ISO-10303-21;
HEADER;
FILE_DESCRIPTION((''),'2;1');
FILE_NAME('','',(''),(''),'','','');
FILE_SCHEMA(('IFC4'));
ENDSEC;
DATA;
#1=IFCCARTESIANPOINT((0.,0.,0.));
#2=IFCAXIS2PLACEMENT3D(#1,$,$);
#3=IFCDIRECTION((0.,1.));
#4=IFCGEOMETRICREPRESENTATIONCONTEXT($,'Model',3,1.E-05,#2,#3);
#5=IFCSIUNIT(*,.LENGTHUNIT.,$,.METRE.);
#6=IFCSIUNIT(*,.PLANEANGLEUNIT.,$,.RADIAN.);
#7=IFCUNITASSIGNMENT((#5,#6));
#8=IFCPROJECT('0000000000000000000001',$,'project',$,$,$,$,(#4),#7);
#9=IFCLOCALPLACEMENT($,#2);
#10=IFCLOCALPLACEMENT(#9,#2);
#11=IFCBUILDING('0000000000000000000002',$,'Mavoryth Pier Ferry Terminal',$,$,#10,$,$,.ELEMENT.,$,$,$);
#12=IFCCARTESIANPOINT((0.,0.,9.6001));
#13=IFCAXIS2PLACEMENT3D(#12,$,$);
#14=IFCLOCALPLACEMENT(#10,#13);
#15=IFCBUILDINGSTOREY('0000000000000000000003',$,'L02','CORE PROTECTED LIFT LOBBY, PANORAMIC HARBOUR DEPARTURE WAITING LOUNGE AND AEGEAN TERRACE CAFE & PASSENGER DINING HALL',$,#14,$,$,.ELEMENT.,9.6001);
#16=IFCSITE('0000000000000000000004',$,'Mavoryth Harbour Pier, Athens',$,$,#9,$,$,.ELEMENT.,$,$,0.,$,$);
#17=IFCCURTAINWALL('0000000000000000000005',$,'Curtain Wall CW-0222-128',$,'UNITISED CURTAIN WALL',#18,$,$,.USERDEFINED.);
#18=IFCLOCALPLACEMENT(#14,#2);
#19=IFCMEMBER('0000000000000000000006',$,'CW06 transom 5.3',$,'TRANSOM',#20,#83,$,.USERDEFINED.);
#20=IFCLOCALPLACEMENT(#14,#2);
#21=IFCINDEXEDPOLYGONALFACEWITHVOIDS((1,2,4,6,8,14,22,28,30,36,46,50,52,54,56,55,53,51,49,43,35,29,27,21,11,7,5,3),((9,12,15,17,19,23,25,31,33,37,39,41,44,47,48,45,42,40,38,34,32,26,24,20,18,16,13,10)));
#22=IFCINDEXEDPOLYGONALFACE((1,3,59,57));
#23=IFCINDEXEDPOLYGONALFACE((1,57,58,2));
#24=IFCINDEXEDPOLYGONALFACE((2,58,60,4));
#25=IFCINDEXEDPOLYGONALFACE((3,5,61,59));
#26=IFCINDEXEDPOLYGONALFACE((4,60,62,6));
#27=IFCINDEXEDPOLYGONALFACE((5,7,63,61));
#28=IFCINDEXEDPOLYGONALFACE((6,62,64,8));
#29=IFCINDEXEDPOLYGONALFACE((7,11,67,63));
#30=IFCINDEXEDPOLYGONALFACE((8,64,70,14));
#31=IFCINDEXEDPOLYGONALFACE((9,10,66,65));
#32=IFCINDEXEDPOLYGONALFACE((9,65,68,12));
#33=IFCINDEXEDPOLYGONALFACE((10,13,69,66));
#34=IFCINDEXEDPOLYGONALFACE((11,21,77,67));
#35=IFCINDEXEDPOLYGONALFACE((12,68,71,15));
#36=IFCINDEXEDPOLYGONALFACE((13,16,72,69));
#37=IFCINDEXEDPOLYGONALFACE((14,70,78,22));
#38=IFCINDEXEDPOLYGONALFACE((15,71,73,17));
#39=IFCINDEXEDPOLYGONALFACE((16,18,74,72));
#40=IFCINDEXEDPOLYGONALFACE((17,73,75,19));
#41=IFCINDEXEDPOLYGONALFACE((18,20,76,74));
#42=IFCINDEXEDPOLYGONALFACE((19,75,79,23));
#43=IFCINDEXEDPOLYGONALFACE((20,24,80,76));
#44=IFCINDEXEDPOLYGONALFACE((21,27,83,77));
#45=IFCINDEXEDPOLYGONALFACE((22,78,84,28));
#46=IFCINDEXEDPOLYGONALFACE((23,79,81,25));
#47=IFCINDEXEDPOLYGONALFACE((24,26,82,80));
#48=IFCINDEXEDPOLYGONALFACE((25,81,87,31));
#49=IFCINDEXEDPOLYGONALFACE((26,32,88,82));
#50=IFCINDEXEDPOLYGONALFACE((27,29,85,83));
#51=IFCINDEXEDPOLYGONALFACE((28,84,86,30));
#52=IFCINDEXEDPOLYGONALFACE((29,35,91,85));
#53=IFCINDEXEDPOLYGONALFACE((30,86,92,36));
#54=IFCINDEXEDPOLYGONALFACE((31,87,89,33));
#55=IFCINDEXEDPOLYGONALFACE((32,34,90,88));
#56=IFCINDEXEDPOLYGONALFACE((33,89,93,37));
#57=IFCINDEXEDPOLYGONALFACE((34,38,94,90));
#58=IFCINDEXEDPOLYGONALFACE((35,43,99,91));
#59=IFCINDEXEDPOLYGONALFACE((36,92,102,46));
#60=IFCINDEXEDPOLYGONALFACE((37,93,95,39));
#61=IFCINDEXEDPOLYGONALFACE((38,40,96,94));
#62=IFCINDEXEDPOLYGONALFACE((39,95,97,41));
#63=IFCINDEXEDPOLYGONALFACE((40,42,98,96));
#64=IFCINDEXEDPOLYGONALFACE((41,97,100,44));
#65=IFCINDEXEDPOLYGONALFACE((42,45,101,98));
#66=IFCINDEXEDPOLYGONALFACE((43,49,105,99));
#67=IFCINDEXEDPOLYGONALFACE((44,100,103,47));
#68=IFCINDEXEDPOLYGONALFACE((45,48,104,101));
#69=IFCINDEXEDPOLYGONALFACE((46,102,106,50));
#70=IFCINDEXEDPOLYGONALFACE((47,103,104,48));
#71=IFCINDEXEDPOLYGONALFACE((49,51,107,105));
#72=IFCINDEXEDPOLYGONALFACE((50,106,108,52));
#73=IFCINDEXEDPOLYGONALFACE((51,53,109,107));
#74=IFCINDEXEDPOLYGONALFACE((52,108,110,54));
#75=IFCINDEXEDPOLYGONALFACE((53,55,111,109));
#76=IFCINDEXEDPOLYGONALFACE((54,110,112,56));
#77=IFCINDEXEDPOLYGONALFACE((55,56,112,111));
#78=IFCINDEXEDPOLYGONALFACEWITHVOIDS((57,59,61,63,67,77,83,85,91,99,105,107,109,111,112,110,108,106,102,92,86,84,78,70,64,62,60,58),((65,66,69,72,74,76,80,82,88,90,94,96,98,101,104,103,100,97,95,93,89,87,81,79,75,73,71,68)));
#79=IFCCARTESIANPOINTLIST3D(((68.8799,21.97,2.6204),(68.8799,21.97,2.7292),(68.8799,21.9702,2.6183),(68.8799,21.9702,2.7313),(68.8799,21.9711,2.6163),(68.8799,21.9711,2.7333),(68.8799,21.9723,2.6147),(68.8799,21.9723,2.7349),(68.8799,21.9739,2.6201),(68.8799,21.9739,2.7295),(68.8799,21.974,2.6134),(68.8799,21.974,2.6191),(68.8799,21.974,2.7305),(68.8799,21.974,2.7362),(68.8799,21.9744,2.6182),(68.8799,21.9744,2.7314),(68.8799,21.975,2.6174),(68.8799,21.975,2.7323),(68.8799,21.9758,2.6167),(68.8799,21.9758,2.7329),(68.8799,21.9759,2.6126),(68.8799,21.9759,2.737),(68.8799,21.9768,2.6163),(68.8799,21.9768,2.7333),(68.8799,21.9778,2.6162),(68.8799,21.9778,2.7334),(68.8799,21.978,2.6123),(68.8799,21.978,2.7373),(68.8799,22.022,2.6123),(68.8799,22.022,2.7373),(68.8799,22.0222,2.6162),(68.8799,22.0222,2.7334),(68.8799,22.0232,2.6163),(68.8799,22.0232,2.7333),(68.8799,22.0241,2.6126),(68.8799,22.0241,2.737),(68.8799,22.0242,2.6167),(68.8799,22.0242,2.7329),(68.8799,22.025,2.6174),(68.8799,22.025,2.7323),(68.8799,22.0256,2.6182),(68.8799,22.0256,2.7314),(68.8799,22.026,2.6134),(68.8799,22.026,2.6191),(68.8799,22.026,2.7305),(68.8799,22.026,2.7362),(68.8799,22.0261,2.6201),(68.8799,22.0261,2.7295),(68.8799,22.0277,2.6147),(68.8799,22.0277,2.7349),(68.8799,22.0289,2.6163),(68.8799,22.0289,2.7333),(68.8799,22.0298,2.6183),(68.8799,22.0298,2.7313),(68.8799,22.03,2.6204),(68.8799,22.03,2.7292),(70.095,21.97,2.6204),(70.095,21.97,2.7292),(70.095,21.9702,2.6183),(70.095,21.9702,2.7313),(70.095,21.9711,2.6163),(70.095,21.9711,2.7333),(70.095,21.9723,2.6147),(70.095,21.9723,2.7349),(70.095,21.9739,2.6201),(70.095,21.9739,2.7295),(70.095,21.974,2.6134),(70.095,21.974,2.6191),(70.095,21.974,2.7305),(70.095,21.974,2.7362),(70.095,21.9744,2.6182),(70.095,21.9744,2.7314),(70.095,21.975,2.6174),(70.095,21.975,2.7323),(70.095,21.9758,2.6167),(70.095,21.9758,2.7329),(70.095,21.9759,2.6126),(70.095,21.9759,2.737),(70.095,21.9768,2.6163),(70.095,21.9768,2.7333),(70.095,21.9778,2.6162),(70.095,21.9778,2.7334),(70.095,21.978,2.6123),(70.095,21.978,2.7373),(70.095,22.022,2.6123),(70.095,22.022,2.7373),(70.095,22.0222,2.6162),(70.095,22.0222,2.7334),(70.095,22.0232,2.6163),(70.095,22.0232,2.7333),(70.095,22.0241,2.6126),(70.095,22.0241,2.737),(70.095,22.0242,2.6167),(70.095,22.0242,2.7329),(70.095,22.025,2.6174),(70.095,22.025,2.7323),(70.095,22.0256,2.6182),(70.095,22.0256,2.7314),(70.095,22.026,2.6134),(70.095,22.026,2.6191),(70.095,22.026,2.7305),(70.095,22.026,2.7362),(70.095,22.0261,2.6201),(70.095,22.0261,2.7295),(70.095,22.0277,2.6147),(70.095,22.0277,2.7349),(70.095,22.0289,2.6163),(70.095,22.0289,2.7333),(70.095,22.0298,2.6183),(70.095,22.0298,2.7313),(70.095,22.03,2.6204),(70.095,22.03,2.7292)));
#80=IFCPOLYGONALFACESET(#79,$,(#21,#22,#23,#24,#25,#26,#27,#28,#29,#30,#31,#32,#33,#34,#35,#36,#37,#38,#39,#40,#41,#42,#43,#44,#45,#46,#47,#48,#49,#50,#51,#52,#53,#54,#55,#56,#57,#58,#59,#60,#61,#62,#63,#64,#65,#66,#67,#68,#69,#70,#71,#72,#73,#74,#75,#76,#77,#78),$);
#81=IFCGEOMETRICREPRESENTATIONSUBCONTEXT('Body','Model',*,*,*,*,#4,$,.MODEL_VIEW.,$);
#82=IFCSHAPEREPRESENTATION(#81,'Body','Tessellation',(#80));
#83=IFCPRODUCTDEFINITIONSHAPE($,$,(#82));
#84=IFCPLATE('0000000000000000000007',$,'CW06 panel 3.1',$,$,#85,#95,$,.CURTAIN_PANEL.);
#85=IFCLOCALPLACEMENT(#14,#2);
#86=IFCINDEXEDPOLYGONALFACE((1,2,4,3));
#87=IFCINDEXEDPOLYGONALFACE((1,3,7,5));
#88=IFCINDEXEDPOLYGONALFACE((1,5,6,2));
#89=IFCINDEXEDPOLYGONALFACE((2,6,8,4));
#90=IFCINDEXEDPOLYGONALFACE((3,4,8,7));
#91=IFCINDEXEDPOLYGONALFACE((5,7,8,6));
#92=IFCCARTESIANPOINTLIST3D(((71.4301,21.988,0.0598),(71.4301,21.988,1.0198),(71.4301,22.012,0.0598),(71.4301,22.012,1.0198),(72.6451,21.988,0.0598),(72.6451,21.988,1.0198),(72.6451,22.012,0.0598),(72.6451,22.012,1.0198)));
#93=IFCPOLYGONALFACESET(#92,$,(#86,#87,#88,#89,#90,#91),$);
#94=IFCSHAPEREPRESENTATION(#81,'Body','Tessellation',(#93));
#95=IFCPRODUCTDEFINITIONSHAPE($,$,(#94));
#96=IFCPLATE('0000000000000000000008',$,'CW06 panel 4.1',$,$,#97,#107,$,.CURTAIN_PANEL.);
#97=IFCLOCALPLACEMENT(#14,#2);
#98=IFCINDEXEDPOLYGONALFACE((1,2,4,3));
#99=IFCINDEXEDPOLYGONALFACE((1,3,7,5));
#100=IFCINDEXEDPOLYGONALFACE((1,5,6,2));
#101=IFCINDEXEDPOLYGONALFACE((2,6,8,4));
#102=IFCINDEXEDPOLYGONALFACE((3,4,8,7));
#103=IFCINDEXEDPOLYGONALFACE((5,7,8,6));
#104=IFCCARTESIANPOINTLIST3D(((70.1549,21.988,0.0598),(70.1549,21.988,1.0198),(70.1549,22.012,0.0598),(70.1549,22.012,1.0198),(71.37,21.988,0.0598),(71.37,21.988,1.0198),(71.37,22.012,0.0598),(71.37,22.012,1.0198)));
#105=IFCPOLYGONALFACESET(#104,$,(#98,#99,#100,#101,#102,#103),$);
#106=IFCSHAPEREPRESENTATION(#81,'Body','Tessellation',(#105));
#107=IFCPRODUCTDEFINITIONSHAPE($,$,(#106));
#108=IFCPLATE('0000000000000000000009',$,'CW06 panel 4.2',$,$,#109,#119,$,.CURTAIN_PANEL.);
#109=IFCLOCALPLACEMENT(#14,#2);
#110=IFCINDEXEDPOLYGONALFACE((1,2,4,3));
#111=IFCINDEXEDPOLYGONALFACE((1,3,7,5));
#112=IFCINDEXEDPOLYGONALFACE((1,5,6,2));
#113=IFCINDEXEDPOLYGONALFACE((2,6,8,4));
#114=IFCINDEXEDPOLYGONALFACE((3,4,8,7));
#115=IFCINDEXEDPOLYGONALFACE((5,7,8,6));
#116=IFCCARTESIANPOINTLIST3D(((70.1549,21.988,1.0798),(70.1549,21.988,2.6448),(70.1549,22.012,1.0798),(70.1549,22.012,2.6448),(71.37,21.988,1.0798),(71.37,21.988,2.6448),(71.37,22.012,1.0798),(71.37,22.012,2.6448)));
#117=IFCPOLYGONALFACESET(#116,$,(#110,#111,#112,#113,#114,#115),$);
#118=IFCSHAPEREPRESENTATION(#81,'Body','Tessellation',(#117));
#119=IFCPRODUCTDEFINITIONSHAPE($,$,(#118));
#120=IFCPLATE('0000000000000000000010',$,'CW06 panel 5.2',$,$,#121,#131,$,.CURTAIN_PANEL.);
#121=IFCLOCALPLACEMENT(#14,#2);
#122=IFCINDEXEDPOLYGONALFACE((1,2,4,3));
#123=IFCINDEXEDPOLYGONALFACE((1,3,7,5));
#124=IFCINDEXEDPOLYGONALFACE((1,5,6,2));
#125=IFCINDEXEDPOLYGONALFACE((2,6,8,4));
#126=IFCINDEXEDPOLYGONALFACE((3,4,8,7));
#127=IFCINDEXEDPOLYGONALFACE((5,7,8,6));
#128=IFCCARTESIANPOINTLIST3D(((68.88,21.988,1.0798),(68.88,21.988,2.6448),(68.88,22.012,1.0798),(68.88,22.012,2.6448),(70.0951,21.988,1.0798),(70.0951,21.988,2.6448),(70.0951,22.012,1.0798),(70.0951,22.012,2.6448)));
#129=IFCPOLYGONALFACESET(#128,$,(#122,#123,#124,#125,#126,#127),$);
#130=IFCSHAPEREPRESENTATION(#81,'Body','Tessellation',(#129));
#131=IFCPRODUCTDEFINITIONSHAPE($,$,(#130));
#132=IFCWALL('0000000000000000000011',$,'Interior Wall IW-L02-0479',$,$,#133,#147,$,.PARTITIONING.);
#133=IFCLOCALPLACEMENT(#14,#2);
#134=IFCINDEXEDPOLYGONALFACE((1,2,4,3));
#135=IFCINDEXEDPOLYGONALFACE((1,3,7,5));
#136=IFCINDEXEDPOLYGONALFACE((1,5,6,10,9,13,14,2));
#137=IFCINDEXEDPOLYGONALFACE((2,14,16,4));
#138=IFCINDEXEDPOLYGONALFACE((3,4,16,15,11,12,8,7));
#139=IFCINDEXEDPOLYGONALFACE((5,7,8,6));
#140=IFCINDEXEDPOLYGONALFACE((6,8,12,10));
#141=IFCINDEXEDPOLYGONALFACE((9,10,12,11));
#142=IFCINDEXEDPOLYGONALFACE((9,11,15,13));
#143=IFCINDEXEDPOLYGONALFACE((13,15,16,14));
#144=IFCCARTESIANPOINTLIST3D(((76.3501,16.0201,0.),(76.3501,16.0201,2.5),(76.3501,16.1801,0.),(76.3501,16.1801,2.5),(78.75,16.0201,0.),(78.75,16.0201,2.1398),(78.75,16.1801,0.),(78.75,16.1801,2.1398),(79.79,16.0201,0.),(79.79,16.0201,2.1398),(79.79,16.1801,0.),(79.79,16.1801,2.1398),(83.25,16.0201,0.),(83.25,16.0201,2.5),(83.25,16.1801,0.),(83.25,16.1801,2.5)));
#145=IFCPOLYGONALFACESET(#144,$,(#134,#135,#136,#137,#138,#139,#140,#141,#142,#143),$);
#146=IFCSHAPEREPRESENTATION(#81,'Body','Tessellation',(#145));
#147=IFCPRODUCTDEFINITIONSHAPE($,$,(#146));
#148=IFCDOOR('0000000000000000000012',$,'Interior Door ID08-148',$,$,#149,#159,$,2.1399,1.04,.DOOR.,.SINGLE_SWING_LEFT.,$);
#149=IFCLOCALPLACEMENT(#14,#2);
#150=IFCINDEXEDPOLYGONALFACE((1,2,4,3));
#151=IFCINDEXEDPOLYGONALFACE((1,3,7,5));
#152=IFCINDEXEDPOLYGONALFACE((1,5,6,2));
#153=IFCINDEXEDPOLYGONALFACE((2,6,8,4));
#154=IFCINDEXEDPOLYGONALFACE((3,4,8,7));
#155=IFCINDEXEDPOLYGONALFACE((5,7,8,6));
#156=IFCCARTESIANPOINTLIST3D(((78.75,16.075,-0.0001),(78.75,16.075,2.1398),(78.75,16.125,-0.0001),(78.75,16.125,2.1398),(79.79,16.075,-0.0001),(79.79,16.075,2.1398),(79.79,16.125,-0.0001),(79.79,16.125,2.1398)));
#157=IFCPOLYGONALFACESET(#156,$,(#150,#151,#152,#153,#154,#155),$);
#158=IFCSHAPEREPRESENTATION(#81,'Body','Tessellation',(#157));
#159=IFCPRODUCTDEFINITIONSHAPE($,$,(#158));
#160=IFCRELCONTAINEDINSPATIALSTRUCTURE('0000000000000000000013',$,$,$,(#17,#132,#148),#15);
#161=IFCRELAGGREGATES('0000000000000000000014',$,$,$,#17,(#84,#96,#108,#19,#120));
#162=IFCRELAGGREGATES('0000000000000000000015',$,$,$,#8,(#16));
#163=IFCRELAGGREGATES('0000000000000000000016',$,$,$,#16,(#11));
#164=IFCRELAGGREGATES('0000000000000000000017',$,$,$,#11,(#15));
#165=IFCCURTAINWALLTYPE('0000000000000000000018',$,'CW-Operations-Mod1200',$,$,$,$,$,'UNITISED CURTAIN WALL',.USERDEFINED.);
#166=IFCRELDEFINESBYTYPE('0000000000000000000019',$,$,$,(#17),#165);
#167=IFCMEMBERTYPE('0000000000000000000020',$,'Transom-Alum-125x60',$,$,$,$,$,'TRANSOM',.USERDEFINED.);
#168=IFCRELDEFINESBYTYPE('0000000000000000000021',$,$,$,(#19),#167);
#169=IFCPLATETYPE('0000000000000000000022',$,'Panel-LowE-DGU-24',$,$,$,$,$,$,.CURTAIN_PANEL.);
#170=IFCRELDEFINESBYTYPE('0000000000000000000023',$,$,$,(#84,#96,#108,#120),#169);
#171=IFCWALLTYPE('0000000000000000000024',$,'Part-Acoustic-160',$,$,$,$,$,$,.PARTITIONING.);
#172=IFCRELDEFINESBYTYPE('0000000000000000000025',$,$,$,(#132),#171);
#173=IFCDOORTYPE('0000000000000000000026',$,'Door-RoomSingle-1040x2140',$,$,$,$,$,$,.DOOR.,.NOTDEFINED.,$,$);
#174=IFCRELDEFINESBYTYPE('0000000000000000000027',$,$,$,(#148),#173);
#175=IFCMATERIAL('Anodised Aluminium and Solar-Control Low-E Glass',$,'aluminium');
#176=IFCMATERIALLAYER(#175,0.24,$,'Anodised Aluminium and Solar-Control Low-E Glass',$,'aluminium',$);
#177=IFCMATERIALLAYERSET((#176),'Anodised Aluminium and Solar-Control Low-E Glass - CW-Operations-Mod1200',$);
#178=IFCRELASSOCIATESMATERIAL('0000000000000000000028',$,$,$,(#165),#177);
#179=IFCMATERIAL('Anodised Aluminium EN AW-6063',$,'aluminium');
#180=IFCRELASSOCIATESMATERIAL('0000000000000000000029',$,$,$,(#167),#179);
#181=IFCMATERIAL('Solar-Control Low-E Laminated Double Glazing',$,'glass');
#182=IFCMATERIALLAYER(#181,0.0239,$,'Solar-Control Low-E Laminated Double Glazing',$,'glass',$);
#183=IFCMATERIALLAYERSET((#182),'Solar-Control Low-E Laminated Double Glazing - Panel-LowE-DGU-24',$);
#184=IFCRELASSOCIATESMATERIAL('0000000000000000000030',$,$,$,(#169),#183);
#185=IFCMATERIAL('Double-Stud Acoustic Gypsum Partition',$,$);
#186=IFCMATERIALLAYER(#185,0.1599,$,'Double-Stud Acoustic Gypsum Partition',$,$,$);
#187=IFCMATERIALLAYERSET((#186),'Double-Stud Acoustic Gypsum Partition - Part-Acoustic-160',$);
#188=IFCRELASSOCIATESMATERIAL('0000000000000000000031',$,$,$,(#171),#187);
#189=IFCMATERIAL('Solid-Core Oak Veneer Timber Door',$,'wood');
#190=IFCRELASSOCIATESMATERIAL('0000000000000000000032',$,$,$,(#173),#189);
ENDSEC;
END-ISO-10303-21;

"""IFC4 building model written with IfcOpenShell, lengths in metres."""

from ifc_helpers import new_model, si_unit, direction, frame, frame_2d, origin, origin_2d, place, context, subcontext, project, spatial, rectangle, hollow_rectangle, extrude, material, layer, layer_set, material_profile, profile_set, type_object, element, fill, aggregate, save


model = new_model("IFC4")

# Units and contexts
model_context = context("Model", 3, precision=1e-05, world=origin(), true_north=direction((0.0, 1.0)))
body_context = subcontext(model_context, "Body", "Model", "MODEL_VIEW")
ifc_project = project(units=[si_unit("LENGTHUNIT", "METRE"), si_unit("PLANEANGLEUNIT", "RADIAN")], contexts=[model_context])

# Site, building, storey
site_placement = place(None, origin())
site = spatial("IfcSite", under=ifc_project, at=site_placement, Name="Mavoryth Harbour Pier, Athens", CompositionType="ELEMENT", RefElevation=0.0)
building_placement = place(site_placement, origin())
building = spatial("IfcBuilding", under=site, at=building_placement, Name="Mavoryth Pier Ferry Terminal", CompositionType="ELEMENT")
storey_placement = place(building_placement, frame((0.0, 0.0, 9.6001)))
storey = spatial("IfcBuildingStorey", under=building, at=storey_placement, Name="L02", Description="CORE PROTECTED LIFT LOBBY, PANORAMIC HARBOUR DEPARTURE WAITING LOUNGE AND AEGEAN TERRACE CAFE & PASSENGER DINING HALL", CompositionType="ELEMENT", Elevation=9.6001)

# Curtain wall, member, plates
ifc_material_1 = material(Name="Anodised Aluminium and Solar-Control Low-E Glass", Category="aluminium")
ifc_layer_1 = layer(ifc_material_1, 0.24, Name="Anodised Aluminium and Solar-Control Low-E Glass", Category="aluminium")
ifc_layer_set_1 = layer_set([ifc_layer_1], Name="Anodised Aluminium and Solar-Control Low-E Glass - CW-Operations-Mod1200")
curtain_wall_type = type_object("IfcCurtainWallType", Name="CW-Operations-Mod1200", ElementType="UNITISED CURTAIN WALL", PredefinedType="USERDEFINED", material=ifc_layer_set_1)
curtain_wall_placement = place(storey_placement, origin())
curtain_wall = element("IfcCurtainWall", 1, at=curtain_wall_placement, inside=storey, type_object=curtain_wall_type, Name="Curtain Wall CW-0222-128", ObjectType="UNITISED CURTAIN WALL", PredefinedType="USERDEFINED")
ifc_material_2 = material(Name="Anodised Aluminium EN AW-6063", Category="aluminium")
ifc_material_profile_1 = material_profile(ifc_material_2, hollow_rectangle(XDim=0.0601, YDim=0.125, WallThickness=0.0039, InnerFilletRadius=0.0039, OuterFilletRadius=0.0081, at=origin_2d()), Name="AL-TRAN 125x60x4", Category="aluminium")
ifc_profile_set_1 = profile_set([ifc_material_profile_1], Name="Anodised Aluminium EN AW-6063 - AL-TRAN 125x60x4")
member_type_1 = type_object("IfcMemberType", Name="Transom-Alum-125x60", ElementType="TRANSOM", PredefinedType="USERDEFINED", material=ifc_profile_set_1)
member_1_placement = place(storey_placement, frame((70.095, 22.0, 2.6748), z_axis=(-1.0, 0.0, 0.0), x_axis=(0.0, -1.0, 0.0)))
member_1 = element("IfcMember", 2, at=member_1_placement, type_object=member_type_1, Name="CW06 transom 5.3", ObjectType="TRANSOM", PredefinedType="USERDEFINED", context=body_context, shape_type="SweptSolid", body=[
    extrude(hollow_rectangle(XDim=0.0601, YDim=0.125, WallThickness=0.0039, InnerFilletRadius=0.0039, OuterFilletRadius=0.0081, at=origin_2d()), origin(), (0.0, 0.0, 1.0), 1.2151),
])
ifc_material_3 = material(Name="Solar-Control Low-E Laminated Double Glazing", Category="glass")
ifc_layer_2 = layer(ifc_material_3, 0.0239, Name="Solar-Control Low-E Laminated Double Glazing", Category="glass")
ifc_layer_set_2 = layer_set([ifc_layer_2], Name="Solar-Control Low-E Laminated Double Glazing - Panel-LowE-DGU-24")
plate_type = type_object("IfcPlateType", Name="Panel-LowE-DGU-24", PredefinedType="CURTAIN_PANEL", material=ifc_layer_set_2)
plate_1_placement = place(storey_placement, frame((72.0376, 22.0, 0.0598), z_axis=(0.0, 0.0, 1.0), x_axis=(-1.0, 0.0, 0.0)))
plate_1 = element("IfcPlate", 3, at=plate_1_placement, type_object=plate_type, Name="CW06 panel 3.1", PredefinedType="CURTAIN_PANEL", context=body_context, shape_type="SweptSolid", body=[
    extrude(rectangle(XDim=1.2151, YDim=0.0239, at=origin_2d()), origin(), (0.0, 0.0, 1.0), 0.96),
])
plate_2_placement = place(storey_placement, frame((70.7625, 22.0, 0.0598), z_axis=(0.0, 0.0, 1.0), x_axis=(-1.0, 0.0, 0.0)))
plate_2 = element("IfcPlate", 4, at=plate_2_placement, type_object=plate_type, Name="CW06 panel 4.1", PredefinedType="CURTAIN_PANEL", context=body_context, shape_type="SweptSolid", body=[
    extrude(rectangle(XDim=1.2151, YDim=0.0239, at=origin_2d()), origin(), (0.0, 0.0, 1.0), 0.96),
])
plate_3_placement = place(storey_placement, frame((70.7625, 22.0, 1.0798), z_axis=(0.0, 0.0, 1.0), x_axis=(-1.0, 0.0, 0.0)))
plate_3 = element("IfcPlate", 5, at=plate_3_placement, type_object=plate_type, Name="CW06 panel 4.2", PredefinedType="CURTAIN_PANEL", context=body_context, shape_type="SweptSolid", body=[
    extrude(rectangle(XDim=1.2151, YDim=0.0239, at=origin_2d()), origin(), (0.0, 0.0, 1.0), 1.5649),
])
plate_4_placement = place(storey_placement, frame((69.4875, 22.0, 1.0798), z_axis=(0.0, 0.0, 1.0), x_axis=(-1.0, 0.0, 0.0)))
plate_4 = element("IfcPlate", 6, at=plate_4_placement, type_object=plate_type, Name="CW06 panel 5.2", PredefinedType="CURTAIN_PANEL", context=body_context, shape_type="SweptSolid", body=[
    extrude(rectangle(XDim=1.2151, YDim=0.0239, at=origin_2d()), origin(), (0.0, 0.0, 1.0), 1.5649),
])
aggregate(curtain_wall, [plate_1, plate_2, plate_3, member_1, plate_4])

# Wall, opening, door
ifc_material_4 = material(Name="Double-Stud Acoustic Gypsum Partition")
ifc_layer_3 = layer(ifc_material_4, 0.1599, Name="Double-Stud Acoustic Gypsum Partition")
ifc_layer_set_3 = layer_set([ifc_layer_3], Name="Double-Stud Acoustic Gypsum Partition - Part-Acoustic-160")
wall_type = type_object("IfcWallType", Name="Part-Acoustic-160", PredefinedType="PARTITIONING", material=ifc_layer_set_3)
wall_placement = place(storey_placement, frame((76.3501, 16.1001, 0.0), z_axis=(0.0, 0.0, 1.0), x_axis=(1.0, 0.0, 0.0)))
wall = element("IfcWall", 7, at=wall_placement, inside=storey, type_object=wall_type, Name="Interior Wall IW-L02-0479", PredefinedType="PARTITIONING", context=body_context, shape_type="SweptSolid", body=[
    extrude(rectangle(XDim=6.8999, YDim=0.1599, at=frame_2d((3.45, 0.0))), origin(), (0.0, 0.0, 1.0), 2.5),
])
opening_placement = place(wall_placement, frame((2.3999, 0.0, 0.0)))
opening = element("IfcOpeningElement", 8, at=opening_placement, cuts=wall, PredefinedType="OPENING", context=body_context, shape_type="SweptSolid", body=[
    extrude(rectangle(XDim=1.04, YDim=2.1399, at=frame_2d((0.52, 1.0698))), frame((0.0, 0.0898, 0.0), z_axis=(0.0, -1.0, 0.0), x_axis=(1.0, 0.0, 0.0)), (0.0, 0.0, 1.0), 0.1799),
])
ifc_material_5 = material(Name="Solid-Core Oak Veneer Timber Door", Category="wood")
door_type = type_object("IfcDoorType", Name="Door-RoomSingle-1040x2140", OperationType="NOTDEFINED", PredefinedType="DOOR", material=ifc_material_5)
door_placement = place(opening_placement, origin())
door = element("IfcDoor", 9, at=door_placement, inside=storey, type_object=door_type, Name="Interior Door ID08-148", OperationType="SINGLE_SWING_LEFT", OverallHeight=2.1399, OverallWidth=1.04, PredefinedType="DOOR", context=body_context, shape_type="SweptSolid", body=[
    extrude(rectangle(XDim=1.04, YDim=2.1399, at=frame_2d((0.52, 1.0698))), frame((0.0, 0.0249, 0.0), z_axis=(0.0, -1.0, 0.0), x_axis=(1.0, 0.0, 0.0)), (0.0, 0.0, 1.0), 0.05),
])
fill(opening, door)

save(model, "model.ifc")
